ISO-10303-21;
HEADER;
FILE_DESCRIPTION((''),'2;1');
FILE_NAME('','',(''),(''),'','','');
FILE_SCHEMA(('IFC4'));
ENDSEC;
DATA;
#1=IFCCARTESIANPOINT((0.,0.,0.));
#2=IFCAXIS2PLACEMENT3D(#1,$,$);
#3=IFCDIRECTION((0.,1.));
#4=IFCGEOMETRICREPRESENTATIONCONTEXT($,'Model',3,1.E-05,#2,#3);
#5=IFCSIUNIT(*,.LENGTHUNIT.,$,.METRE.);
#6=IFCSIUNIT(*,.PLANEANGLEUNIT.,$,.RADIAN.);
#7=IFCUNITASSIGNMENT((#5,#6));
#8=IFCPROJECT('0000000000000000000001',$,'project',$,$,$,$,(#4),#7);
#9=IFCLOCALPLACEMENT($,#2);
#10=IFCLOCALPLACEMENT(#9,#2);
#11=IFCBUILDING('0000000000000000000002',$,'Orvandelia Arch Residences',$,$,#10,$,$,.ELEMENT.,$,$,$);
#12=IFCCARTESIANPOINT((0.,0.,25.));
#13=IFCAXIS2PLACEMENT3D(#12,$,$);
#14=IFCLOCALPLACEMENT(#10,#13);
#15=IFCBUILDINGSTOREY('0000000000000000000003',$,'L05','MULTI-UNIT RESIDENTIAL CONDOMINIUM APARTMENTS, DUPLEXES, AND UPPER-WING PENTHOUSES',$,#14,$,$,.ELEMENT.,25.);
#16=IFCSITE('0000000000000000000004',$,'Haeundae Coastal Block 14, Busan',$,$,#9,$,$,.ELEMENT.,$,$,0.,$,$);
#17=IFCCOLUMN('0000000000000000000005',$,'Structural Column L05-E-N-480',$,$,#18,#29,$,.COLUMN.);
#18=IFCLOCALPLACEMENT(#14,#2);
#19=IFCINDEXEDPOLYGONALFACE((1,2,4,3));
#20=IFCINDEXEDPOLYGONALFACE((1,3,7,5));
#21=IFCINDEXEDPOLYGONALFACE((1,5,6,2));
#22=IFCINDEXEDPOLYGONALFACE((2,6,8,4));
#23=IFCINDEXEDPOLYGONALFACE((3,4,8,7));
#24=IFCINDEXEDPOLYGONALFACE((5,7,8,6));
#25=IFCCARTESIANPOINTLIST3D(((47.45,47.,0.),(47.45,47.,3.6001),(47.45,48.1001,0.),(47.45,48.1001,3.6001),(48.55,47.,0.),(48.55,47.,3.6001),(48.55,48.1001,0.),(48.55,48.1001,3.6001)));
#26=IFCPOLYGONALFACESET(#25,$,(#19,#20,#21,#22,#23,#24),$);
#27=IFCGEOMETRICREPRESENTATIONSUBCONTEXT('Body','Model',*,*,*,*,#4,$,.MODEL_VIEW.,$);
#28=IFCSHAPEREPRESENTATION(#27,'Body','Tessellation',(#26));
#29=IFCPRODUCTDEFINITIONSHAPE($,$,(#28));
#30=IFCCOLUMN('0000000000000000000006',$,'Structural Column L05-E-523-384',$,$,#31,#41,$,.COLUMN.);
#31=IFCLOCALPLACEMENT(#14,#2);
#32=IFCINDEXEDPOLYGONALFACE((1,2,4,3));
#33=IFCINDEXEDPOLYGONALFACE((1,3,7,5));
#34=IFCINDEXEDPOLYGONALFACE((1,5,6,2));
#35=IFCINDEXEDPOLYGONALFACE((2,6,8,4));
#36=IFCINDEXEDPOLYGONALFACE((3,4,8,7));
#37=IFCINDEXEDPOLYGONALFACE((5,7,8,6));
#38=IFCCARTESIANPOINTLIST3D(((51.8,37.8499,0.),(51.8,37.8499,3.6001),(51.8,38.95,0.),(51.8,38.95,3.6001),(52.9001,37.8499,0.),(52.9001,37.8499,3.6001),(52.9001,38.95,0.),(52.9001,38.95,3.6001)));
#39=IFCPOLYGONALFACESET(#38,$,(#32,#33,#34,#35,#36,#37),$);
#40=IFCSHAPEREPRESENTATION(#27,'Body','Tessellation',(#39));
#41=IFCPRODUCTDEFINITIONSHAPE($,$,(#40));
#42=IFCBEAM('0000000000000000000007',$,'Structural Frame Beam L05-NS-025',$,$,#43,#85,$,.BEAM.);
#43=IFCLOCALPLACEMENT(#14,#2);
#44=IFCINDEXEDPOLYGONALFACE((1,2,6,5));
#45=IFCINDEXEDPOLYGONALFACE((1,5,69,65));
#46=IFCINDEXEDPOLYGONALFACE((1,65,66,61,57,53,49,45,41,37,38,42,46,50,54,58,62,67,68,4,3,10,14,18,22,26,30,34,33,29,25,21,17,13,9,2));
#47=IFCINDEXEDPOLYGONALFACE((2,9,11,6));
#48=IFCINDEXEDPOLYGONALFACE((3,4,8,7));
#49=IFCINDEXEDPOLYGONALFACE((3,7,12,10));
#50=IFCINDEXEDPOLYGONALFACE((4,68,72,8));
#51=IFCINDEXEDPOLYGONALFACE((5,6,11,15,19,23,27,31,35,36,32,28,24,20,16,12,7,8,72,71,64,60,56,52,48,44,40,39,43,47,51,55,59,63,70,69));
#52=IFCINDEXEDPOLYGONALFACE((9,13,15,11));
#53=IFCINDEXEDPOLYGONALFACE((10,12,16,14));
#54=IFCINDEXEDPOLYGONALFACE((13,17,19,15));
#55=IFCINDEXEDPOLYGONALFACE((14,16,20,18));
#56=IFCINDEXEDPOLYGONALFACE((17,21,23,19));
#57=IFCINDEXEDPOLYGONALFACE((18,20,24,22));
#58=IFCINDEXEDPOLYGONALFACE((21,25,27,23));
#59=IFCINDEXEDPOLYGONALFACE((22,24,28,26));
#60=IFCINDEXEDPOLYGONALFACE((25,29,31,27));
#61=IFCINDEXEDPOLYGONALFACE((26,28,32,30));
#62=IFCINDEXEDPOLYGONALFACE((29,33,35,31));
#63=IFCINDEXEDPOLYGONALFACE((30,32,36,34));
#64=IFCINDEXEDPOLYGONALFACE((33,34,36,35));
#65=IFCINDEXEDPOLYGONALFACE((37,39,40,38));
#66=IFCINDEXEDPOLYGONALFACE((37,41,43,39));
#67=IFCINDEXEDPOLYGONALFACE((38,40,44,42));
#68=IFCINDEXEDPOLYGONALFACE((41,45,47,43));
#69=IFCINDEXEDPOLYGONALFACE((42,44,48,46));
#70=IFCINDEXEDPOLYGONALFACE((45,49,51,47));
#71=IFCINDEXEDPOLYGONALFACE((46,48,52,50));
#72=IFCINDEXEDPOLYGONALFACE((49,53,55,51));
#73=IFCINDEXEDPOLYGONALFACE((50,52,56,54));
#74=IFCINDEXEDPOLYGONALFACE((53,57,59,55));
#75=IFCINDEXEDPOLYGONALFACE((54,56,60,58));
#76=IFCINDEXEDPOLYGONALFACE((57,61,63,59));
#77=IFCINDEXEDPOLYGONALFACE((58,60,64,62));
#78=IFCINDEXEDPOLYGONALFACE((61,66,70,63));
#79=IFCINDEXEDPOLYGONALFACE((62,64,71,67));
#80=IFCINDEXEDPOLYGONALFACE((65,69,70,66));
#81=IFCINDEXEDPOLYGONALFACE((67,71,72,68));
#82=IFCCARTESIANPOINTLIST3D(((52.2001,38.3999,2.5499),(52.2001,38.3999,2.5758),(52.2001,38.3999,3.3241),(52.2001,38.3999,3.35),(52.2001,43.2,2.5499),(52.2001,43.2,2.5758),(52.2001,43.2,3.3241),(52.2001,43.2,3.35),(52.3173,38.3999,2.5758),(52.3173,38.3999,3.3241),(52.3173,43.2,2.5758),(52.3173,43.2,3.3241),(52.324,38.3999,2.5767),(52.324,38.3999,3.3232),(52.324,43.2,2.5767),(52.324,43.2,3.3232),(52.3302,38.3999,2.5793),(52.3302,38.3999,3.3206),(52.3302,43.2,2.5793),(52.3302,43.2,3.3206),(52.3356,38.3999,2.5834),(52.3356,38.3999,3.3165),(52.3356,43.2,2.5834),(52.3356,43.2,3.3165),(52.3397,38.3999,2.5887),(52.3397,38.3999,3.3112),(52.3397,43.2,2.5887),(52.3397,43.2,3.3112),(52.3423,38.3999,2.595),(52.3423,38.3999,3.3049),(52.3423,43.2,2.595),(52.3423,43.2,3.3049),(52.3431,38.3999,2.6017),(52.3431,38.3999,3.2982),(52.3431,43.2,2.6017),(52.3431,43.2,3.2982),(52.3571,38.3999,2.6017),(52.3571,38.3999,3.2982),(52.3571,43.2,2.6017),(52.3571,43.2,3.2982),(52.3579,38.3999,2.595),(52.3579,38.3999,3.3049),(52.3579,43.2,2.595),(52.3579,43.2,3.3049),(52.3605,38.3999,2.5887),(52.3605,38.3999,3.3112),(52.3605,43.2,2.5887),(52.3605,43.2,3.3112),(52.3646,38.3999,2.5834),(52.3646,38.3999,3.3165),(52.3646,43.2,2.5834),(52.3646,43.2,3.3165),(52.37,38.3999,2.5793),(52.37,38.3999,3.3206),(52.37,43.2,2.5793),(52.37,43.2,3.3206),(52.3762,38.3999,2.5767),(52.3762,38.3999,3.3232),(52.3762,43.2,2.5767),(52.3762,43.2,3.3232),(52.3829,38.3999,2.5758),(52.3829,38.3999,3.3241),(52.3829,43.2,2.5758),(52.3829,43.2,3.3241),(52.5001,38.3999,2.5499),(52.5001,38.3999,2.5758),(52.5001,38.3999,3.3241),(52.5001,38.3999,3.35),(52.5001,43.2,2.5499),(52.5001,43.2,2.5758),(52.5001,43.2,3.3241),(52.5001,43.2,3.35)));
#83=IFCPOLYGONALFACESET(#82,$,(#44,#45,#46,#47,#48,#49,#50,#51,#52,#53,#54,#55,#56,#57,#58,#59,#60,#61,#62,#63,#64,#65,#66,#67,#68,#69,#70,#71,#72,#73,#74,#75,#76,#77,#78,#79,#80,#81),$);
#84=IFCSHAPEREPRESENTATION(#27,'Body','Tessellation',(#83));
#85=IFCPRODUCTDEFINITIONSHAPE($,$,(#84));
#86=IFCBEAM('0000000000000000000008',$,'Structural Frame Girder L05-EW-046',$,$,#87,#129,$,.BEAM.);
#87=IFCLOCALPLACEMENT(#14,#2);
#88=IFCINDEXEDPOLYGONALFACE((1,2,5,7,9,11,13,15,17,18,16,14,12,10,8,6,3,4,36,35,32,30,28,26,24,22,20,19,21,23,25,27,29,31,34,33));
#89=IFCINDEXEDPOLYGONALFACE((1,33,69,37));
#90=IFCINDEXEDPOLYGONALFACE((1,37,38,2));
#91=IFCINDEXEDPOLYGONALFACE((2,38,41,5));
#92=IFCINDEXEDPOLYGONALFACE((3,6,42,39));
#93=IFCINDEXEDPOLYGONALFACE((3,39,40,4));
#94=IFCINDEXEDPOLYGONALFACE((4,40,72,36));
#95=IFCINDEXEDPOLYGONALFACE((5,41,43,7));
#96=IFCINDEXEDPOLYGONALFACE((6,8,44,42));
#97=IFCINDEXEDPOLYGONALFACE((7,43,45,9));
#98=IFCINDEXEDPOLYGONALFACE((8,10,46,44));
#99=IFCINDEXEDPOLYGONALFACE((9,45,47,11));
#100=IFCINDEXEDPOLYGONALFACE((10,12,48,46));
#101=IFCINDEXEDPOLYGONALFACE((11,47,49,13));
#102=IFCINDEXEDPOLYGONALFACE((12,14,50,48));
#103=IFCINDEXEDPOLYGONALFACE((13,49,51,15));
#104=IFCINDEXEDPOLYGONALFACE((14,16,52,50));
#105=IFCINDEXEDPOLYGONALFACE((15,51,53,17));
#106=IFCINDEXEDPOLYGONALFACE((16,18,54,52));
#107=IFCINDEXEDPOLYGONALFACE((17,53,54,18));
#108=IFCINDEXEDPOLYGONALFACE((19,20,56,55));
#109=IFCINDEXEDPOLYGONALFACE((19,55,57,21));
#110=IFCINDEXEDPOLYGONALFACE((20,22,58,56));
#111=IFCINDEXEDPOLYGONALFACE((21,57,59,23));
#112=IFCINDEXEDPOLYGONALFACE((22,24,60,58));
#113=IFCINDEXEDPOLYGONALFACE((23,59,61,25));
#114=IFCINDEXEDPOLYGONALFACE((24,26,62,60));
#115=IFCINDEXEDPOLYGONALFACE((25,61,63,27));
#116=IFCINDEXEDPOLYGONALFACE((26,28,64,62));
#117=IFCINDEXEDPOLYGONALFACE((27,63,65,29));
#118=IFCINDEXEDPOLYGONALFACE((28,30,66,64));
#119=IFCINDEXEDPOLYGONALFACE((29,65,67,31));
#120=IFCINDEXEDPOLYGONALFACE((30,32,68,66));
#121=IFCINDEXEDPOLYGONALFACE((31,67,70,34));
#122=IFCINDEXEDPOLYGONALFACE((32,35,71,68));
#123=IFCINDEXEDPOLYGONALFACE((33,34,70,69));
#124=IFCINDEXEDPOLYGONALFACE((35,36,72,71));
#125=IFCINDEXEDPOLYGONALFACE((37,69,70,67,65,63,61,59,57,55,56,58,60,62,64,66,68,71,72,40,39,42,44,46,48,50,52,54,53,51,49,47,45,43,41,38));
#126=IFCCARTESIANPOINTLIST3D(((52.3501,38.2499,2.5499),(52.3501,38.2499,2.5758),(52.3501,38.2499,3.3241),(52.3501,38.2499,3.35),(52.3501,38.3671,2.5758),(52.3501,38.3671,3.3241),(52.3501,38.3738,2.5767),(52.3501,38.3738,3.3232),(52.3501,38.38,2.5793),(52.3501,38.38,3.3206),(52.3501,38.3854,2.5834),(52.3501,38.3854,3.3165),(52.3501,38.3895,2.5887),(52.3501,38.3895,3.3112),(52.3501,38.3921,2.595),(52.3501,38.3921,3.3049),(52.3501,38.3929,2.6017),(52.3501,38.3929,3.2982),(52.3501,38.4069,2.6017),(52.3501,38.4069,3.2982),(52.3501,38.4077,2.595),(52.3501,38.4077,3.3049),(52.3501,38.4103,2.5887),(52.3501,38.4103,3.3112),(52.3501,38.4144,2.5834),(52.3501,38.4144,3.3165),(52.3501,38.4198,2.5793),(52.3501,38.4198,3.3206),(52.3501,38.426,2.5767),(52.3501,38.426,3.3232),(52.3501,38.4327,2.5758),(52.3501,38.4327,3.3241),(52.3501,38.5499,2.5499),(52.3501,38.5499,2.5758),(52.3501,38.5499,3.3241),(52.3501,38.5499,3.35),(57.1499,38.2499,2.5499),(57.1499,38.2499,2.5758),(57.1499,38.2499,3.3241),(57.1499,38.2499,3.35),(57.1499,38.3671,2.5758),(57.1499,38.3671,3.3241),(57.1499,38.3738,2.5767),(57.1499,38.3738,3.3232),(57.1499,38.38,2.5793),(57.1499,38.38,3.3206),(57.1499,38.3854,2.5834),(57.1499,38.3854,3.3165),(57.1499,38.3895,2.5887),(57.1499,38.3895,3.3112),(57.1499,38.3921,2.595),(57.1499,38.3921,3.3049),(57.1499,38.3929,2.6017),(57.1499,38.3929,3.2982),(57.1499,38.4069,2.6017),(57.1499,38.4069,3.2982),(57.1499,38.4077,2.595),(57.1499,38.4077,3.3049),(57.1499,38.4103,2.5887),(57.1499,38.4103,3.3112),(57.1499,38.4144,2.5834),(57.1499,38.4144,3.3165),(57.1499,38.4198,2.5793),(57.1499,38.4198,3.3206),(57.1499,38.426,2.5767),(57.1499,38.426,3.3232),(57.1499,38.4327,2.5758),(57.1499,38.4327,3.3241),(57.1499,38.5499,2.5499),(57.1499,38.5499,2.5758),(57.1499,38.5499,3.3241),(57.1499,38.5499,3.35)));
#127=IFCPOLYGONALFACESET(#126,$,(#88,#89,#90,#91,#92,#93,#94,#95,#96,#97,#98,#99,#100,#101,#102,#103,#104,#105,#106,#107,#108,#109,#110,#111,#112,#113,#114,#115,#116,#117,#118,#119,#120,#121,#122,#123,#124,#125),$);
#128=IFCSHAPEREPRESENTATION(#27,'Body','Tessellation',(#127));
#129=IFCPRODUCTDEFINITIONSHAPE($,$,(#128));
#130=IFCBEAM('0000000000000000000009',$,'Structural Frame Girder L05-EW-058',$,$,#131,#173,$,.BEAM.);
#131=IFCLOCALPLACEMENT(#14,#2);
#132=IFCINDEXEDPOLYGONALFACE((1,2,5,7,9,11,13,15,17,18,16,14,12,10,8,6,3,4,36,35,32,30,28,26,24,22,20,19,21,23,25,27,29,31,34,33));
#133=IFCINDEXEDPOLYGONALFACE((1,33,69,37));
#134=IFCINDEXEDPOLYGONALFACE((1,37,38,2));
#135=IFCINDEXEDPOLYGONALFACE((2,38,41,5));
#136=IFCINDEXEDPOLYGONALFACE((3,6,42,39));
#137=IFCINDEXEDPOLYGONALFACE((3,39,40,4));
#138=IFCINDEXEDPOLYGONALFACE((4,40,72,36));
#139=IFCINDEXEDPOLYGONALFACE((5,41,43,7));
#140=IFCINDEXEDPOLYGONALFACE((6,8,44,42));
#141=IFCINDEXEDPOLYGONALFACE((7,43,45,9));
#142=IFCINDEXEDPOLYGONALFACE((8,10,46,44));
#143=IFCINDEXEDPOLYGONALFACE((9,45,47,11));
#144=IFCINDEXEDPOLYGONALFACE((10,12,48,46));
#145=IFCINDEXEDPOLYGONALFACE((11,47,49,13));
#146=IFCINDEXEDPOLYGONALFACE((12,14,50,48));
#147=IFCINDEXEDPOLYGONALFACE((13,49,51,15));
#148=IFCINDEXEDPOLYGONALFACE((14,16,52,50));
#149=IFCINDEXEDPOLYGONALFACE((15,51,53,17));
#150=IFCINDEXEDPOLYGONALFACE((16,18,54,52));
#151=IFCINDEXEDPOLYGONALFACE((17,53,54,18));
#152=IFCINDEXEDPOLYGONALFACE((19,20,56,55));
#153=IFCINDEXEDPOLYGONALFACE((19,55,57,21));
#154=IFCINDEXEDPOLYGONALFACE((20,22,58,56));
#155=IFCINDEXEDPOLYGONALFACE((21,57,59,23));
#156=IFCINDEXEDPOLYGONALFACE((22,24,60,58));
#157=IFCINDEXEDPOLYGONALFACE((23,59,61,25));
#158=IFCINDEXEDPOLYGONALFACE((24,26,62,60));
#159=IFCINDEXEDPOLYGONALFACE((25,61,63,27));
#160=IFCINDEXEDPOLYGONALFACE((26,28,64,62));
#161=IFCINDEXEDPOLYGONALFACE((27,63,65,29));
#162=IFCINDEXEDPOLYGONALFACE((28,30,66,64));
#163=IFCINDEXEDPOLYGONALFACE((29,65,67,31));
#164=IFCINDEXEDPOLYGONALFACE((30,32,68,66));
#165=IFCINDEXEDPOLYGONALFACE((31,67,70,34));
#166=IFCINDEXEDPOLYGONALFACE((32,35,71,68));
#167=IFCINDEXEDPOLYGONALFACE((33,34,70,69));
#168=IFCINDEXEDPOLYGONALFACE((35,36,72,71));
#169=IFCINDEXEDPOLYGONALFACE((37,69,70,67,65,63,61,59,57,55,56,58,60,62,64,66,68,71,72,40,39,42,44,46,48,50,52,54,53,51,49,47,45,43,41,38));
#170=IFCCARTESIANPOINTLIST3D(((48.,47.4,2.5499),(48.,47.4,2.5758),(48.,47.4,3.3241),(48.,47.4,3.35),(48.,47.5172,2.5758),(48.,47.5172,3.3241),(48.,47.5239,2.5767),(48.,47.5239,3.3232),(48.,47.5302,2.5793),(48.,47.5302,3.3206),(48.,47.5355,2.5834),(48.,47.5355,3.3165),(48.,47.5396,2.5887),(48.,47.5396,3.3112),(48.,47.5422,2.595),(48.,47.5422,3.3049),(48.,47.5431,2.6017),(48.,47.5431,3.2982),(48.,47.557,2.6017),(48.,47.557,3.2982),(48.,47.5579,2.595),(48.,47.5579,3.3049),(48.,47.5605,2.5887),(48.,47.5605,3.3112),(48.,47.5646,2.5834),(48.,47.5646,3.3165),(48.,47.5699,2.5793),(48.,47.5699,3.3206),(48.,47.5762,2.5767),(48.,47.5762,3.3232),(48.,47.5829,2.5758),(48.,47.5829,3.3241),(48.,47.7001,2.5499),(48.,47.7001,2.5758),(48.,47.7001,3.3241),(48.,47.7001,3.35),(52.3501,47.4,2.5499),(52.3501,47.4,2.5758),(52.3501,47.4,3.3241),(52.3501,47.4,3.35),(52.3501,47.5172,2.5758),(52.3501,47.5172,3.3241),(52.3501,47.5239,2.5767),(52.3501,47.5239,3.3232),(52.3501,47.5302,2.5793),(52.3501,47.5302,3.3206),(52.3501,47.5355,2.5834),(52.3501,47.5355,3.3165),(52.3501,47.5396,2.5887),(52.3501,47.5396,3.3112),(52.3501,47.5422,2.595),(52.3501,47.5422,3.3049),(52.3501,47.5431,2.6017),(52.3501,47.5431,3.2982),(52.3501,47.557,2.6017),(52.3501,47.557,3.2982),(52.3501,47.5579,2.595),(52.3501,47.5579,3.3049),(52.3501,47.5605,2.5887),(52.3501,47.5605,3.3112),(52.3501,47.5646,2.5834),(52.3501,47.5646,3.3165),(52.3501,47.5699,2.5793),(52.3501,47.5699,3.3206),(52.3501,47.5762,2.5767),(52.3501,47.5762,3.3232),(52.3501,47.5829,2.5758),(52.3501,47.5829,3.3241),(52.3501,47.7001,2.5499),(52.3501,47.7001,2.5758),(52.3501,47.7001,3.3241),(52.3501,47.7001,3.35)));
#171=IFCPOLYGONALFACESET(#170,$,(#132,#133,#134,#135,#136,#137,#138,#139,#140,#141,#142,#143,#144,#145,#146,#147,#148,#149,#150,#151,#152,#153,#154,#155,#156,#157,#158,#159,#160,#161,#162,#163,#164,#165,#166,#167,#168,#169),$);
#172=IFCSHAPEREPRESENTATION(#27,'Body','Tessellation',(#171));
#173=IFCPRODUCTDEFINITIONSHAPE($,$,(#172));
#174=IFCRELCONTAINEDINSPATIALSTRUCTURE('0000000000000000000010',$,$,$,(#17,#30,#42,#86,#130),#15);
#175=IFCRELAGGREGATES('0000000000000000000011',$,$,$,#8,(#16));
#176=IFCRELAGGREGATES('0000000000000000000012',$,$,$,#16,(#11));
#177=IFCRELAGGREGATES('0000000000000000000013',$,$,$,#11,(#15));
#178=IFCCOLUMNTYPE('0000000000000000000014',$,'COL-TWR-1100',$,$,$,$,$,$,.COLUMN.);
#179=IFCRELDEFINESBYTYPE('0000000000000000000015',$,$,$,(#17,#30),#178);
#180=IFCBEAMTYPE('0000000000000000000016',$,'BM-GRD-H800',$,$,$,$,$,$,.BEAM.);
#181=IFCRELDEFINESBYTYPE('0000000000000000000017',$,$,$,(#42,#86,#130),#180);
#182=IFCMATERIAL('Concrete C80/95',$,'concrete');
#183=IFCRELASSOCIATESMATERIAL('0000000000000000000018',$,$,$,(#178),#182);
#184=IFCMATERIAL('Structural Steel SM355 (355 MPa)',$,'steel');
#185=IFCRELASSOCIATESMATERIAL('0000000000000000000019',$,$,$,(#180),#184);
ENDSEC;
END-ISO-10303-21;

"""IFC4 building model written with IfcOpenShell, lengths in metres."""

from ifc_helpers import new_model, si_unit, direction, frame, origin, origin_2d, place, context, subcontext, project, spatial, rectangle, i_section, extrude, material, material_profile, profile_set, type_object, element, save


model = new_model("IFC4")

# Units and contexts
model_context = context("Model", 3, precision=1e-05, world=origin(), true_north=direction((0.0, 1.0)))
body_context = subcontext(model_context, "Body", "Model", "MODEL_VIEW")
ifc_project = project(units=[si_unit("LENGTHUNIT", "METRE"), si_unit("PLANEANGLEUNIT", "RADIAN")], contexts=[model_context])

# Site, building, storey
site_placement = place(None, origin())
site = spatial("IfcSite", under=ifc_project, at=site_placement, Name="Haeundae Coastal Block 14, Busan", CompositionType="ELEMENT", RefElevation=0.0)
building_placement = place(site_placement, origin())
building = spatial("IfcBuilding", under=site, at=building_placement, Name="Orvandelia Arch Residences", CompositionType="ELEMENT")
storey_placement = place(building_placement, frame((0.0, 0.0, 25.0)))
storey = spatial("IfcBuildingStorey", under=building, at=storey_placement, Name="L05", Description="MULTI-UNIT RESIDENTIAL CONDOMINIUM APARTMENTS, DUPLEXES, AND UPPER-WING PENTHOUSES", CompositionType="ELEMENT", Elevation=25.0)

# Columns
ifc_material_1 = material(Name="Concrete C80/95", Category="concrete")
ifc_material_profile_1 = material_profile(ifc_material_1, rectangle(XDim=1.1001, YDim=1.1001, at=origin_2d()), Name="Concrete C80/95", Category="concrete")
ifc_profile_set_1 = profile_set([ifc_material_profile_1], Name="Concrete C80/95")
column_type = type_object("IfcColumnType", Name="COL-TWR-1100", PredefinedType="COLUMN", material=ifc_profile_set_1)
for number, where, z_axis, x_axis, name in (
    (1, (48.0, 47.55, 0.0), (0.0, 0.0, 1.0), (1.0, 0.0, 0.0), "Structural Column L05-E-N-480"),
    (2, (52.3501, 38.3999, 0.0), (0.0, 0.0, 1.0), (1.0, 0.0, 0.0), "Structural Column L05-E-523-384"),
):
    element("IfcColumn", number, at=place(storey_placement, frame(where, z_axis=z_axis, x_axis=x_axis)), inside=storey, type_object=column_type, Name=name, PredefinedType="COLUMN", context=body_context, shape_type="SweptSolid", body=[
        extrude(rectangle(XDim=1.1001, YDim=1.1001, at=origin_2d()), origin(), (0.0, 0.0, 1.0), 3.6001),
    ])

# Beams
ifc_material_2 = material(Name="Structural Steel SM355 (355 MPa)", Category="steel")
ifc_material_profile_2 = material_profile(ifc_material_2, i_section(OverallWidth=0.3, OverallDepth=0.8, WebThickness=0.0139, FlangeThickness=0.0259, FilletRadius=0.0259, at=origin_2d()), Name="Structural Steel SM355 (355 MPa)", Category="steel")
ifc_profile_set_2 = profile_set([ifc_material_profile_2], Name="Structural Steel SM355 (355 MPa)")
beam_type = type_object("IfcBeamType", Name="BM-GRD-H800", PredefinedType="BEAM", material=ifc_profile_set_2)
beam_1_placement = place(storey_placement, frame((52.3501, 38.3999, 2.95), z_axis=(0.0, 1.0, 0.0), x_axis=(-1.0, 0.0, 0.0)))
element("IfcBeam", 3, at=beam_1_placement, inside=storey, type_object=beam_type, Name="Structural Frame Beam L05-NS-025", PredefinedType="BEAM", context=body_context, shape_type="SweptSolid", body=[
    extrude(i_section(OverallWidth=0.3, OverallDepth=0.8, WebThickness=0.0139, FlangeThickness=0.0259, FilletRadius=0.0259, at=origin_2d()), origin(), (0.0, 0.0, 1.0), 4.8),
])
beam_2_placement = place(storey_placement, frame((52.3501, 38.3999, 2.95), z_axis=(1.0, 0.0, 0.0), x_axis=(0.0, 1.0, 0.0)))
element("IfcBeam", 4, at=beam_2_placement, inside=storey, type_object=beam_type, Name="Structural Frame Girder L05-EW-046", PredefinedType="BEAM", context=body_context, shape_type="SweptSolid", body=[
    extrude(i_section(OverallWidth=0.3, OverallDepth=0.8, WebThickness=0.0139, FlangeThickness=0.0259, FilletRadius=0.0259, at=origin_2d()), origin(), (0.0, 0.0, 1.0), 4.7998),
])
beam_3_placement = place(storey_placement, frame((48.0, 47.55, 2.95), z_axis=(1.0, 0.0, 0.0), x_axis=(0.0, 1.0, 0.0)))
element("IfcBeam", 5, at=beam_3_placement, inside=storey, type_object=beam_type, Name="Structural Frame Girder L05-EW-058", PredefinedType="BEAM", context=body_context, shape_type="SweptSolid", body=[
    extrude(i_section(OverallWidth=0.3, OverallDepth=0.8, WebThickness=0.0139, FlangeThickness=0.0259, FilletRadius=0.0259, at=origin_2d()), origin(), (0.0, 0.0, 1.0), 4.3501),
])

save(model, "model.ifc")
